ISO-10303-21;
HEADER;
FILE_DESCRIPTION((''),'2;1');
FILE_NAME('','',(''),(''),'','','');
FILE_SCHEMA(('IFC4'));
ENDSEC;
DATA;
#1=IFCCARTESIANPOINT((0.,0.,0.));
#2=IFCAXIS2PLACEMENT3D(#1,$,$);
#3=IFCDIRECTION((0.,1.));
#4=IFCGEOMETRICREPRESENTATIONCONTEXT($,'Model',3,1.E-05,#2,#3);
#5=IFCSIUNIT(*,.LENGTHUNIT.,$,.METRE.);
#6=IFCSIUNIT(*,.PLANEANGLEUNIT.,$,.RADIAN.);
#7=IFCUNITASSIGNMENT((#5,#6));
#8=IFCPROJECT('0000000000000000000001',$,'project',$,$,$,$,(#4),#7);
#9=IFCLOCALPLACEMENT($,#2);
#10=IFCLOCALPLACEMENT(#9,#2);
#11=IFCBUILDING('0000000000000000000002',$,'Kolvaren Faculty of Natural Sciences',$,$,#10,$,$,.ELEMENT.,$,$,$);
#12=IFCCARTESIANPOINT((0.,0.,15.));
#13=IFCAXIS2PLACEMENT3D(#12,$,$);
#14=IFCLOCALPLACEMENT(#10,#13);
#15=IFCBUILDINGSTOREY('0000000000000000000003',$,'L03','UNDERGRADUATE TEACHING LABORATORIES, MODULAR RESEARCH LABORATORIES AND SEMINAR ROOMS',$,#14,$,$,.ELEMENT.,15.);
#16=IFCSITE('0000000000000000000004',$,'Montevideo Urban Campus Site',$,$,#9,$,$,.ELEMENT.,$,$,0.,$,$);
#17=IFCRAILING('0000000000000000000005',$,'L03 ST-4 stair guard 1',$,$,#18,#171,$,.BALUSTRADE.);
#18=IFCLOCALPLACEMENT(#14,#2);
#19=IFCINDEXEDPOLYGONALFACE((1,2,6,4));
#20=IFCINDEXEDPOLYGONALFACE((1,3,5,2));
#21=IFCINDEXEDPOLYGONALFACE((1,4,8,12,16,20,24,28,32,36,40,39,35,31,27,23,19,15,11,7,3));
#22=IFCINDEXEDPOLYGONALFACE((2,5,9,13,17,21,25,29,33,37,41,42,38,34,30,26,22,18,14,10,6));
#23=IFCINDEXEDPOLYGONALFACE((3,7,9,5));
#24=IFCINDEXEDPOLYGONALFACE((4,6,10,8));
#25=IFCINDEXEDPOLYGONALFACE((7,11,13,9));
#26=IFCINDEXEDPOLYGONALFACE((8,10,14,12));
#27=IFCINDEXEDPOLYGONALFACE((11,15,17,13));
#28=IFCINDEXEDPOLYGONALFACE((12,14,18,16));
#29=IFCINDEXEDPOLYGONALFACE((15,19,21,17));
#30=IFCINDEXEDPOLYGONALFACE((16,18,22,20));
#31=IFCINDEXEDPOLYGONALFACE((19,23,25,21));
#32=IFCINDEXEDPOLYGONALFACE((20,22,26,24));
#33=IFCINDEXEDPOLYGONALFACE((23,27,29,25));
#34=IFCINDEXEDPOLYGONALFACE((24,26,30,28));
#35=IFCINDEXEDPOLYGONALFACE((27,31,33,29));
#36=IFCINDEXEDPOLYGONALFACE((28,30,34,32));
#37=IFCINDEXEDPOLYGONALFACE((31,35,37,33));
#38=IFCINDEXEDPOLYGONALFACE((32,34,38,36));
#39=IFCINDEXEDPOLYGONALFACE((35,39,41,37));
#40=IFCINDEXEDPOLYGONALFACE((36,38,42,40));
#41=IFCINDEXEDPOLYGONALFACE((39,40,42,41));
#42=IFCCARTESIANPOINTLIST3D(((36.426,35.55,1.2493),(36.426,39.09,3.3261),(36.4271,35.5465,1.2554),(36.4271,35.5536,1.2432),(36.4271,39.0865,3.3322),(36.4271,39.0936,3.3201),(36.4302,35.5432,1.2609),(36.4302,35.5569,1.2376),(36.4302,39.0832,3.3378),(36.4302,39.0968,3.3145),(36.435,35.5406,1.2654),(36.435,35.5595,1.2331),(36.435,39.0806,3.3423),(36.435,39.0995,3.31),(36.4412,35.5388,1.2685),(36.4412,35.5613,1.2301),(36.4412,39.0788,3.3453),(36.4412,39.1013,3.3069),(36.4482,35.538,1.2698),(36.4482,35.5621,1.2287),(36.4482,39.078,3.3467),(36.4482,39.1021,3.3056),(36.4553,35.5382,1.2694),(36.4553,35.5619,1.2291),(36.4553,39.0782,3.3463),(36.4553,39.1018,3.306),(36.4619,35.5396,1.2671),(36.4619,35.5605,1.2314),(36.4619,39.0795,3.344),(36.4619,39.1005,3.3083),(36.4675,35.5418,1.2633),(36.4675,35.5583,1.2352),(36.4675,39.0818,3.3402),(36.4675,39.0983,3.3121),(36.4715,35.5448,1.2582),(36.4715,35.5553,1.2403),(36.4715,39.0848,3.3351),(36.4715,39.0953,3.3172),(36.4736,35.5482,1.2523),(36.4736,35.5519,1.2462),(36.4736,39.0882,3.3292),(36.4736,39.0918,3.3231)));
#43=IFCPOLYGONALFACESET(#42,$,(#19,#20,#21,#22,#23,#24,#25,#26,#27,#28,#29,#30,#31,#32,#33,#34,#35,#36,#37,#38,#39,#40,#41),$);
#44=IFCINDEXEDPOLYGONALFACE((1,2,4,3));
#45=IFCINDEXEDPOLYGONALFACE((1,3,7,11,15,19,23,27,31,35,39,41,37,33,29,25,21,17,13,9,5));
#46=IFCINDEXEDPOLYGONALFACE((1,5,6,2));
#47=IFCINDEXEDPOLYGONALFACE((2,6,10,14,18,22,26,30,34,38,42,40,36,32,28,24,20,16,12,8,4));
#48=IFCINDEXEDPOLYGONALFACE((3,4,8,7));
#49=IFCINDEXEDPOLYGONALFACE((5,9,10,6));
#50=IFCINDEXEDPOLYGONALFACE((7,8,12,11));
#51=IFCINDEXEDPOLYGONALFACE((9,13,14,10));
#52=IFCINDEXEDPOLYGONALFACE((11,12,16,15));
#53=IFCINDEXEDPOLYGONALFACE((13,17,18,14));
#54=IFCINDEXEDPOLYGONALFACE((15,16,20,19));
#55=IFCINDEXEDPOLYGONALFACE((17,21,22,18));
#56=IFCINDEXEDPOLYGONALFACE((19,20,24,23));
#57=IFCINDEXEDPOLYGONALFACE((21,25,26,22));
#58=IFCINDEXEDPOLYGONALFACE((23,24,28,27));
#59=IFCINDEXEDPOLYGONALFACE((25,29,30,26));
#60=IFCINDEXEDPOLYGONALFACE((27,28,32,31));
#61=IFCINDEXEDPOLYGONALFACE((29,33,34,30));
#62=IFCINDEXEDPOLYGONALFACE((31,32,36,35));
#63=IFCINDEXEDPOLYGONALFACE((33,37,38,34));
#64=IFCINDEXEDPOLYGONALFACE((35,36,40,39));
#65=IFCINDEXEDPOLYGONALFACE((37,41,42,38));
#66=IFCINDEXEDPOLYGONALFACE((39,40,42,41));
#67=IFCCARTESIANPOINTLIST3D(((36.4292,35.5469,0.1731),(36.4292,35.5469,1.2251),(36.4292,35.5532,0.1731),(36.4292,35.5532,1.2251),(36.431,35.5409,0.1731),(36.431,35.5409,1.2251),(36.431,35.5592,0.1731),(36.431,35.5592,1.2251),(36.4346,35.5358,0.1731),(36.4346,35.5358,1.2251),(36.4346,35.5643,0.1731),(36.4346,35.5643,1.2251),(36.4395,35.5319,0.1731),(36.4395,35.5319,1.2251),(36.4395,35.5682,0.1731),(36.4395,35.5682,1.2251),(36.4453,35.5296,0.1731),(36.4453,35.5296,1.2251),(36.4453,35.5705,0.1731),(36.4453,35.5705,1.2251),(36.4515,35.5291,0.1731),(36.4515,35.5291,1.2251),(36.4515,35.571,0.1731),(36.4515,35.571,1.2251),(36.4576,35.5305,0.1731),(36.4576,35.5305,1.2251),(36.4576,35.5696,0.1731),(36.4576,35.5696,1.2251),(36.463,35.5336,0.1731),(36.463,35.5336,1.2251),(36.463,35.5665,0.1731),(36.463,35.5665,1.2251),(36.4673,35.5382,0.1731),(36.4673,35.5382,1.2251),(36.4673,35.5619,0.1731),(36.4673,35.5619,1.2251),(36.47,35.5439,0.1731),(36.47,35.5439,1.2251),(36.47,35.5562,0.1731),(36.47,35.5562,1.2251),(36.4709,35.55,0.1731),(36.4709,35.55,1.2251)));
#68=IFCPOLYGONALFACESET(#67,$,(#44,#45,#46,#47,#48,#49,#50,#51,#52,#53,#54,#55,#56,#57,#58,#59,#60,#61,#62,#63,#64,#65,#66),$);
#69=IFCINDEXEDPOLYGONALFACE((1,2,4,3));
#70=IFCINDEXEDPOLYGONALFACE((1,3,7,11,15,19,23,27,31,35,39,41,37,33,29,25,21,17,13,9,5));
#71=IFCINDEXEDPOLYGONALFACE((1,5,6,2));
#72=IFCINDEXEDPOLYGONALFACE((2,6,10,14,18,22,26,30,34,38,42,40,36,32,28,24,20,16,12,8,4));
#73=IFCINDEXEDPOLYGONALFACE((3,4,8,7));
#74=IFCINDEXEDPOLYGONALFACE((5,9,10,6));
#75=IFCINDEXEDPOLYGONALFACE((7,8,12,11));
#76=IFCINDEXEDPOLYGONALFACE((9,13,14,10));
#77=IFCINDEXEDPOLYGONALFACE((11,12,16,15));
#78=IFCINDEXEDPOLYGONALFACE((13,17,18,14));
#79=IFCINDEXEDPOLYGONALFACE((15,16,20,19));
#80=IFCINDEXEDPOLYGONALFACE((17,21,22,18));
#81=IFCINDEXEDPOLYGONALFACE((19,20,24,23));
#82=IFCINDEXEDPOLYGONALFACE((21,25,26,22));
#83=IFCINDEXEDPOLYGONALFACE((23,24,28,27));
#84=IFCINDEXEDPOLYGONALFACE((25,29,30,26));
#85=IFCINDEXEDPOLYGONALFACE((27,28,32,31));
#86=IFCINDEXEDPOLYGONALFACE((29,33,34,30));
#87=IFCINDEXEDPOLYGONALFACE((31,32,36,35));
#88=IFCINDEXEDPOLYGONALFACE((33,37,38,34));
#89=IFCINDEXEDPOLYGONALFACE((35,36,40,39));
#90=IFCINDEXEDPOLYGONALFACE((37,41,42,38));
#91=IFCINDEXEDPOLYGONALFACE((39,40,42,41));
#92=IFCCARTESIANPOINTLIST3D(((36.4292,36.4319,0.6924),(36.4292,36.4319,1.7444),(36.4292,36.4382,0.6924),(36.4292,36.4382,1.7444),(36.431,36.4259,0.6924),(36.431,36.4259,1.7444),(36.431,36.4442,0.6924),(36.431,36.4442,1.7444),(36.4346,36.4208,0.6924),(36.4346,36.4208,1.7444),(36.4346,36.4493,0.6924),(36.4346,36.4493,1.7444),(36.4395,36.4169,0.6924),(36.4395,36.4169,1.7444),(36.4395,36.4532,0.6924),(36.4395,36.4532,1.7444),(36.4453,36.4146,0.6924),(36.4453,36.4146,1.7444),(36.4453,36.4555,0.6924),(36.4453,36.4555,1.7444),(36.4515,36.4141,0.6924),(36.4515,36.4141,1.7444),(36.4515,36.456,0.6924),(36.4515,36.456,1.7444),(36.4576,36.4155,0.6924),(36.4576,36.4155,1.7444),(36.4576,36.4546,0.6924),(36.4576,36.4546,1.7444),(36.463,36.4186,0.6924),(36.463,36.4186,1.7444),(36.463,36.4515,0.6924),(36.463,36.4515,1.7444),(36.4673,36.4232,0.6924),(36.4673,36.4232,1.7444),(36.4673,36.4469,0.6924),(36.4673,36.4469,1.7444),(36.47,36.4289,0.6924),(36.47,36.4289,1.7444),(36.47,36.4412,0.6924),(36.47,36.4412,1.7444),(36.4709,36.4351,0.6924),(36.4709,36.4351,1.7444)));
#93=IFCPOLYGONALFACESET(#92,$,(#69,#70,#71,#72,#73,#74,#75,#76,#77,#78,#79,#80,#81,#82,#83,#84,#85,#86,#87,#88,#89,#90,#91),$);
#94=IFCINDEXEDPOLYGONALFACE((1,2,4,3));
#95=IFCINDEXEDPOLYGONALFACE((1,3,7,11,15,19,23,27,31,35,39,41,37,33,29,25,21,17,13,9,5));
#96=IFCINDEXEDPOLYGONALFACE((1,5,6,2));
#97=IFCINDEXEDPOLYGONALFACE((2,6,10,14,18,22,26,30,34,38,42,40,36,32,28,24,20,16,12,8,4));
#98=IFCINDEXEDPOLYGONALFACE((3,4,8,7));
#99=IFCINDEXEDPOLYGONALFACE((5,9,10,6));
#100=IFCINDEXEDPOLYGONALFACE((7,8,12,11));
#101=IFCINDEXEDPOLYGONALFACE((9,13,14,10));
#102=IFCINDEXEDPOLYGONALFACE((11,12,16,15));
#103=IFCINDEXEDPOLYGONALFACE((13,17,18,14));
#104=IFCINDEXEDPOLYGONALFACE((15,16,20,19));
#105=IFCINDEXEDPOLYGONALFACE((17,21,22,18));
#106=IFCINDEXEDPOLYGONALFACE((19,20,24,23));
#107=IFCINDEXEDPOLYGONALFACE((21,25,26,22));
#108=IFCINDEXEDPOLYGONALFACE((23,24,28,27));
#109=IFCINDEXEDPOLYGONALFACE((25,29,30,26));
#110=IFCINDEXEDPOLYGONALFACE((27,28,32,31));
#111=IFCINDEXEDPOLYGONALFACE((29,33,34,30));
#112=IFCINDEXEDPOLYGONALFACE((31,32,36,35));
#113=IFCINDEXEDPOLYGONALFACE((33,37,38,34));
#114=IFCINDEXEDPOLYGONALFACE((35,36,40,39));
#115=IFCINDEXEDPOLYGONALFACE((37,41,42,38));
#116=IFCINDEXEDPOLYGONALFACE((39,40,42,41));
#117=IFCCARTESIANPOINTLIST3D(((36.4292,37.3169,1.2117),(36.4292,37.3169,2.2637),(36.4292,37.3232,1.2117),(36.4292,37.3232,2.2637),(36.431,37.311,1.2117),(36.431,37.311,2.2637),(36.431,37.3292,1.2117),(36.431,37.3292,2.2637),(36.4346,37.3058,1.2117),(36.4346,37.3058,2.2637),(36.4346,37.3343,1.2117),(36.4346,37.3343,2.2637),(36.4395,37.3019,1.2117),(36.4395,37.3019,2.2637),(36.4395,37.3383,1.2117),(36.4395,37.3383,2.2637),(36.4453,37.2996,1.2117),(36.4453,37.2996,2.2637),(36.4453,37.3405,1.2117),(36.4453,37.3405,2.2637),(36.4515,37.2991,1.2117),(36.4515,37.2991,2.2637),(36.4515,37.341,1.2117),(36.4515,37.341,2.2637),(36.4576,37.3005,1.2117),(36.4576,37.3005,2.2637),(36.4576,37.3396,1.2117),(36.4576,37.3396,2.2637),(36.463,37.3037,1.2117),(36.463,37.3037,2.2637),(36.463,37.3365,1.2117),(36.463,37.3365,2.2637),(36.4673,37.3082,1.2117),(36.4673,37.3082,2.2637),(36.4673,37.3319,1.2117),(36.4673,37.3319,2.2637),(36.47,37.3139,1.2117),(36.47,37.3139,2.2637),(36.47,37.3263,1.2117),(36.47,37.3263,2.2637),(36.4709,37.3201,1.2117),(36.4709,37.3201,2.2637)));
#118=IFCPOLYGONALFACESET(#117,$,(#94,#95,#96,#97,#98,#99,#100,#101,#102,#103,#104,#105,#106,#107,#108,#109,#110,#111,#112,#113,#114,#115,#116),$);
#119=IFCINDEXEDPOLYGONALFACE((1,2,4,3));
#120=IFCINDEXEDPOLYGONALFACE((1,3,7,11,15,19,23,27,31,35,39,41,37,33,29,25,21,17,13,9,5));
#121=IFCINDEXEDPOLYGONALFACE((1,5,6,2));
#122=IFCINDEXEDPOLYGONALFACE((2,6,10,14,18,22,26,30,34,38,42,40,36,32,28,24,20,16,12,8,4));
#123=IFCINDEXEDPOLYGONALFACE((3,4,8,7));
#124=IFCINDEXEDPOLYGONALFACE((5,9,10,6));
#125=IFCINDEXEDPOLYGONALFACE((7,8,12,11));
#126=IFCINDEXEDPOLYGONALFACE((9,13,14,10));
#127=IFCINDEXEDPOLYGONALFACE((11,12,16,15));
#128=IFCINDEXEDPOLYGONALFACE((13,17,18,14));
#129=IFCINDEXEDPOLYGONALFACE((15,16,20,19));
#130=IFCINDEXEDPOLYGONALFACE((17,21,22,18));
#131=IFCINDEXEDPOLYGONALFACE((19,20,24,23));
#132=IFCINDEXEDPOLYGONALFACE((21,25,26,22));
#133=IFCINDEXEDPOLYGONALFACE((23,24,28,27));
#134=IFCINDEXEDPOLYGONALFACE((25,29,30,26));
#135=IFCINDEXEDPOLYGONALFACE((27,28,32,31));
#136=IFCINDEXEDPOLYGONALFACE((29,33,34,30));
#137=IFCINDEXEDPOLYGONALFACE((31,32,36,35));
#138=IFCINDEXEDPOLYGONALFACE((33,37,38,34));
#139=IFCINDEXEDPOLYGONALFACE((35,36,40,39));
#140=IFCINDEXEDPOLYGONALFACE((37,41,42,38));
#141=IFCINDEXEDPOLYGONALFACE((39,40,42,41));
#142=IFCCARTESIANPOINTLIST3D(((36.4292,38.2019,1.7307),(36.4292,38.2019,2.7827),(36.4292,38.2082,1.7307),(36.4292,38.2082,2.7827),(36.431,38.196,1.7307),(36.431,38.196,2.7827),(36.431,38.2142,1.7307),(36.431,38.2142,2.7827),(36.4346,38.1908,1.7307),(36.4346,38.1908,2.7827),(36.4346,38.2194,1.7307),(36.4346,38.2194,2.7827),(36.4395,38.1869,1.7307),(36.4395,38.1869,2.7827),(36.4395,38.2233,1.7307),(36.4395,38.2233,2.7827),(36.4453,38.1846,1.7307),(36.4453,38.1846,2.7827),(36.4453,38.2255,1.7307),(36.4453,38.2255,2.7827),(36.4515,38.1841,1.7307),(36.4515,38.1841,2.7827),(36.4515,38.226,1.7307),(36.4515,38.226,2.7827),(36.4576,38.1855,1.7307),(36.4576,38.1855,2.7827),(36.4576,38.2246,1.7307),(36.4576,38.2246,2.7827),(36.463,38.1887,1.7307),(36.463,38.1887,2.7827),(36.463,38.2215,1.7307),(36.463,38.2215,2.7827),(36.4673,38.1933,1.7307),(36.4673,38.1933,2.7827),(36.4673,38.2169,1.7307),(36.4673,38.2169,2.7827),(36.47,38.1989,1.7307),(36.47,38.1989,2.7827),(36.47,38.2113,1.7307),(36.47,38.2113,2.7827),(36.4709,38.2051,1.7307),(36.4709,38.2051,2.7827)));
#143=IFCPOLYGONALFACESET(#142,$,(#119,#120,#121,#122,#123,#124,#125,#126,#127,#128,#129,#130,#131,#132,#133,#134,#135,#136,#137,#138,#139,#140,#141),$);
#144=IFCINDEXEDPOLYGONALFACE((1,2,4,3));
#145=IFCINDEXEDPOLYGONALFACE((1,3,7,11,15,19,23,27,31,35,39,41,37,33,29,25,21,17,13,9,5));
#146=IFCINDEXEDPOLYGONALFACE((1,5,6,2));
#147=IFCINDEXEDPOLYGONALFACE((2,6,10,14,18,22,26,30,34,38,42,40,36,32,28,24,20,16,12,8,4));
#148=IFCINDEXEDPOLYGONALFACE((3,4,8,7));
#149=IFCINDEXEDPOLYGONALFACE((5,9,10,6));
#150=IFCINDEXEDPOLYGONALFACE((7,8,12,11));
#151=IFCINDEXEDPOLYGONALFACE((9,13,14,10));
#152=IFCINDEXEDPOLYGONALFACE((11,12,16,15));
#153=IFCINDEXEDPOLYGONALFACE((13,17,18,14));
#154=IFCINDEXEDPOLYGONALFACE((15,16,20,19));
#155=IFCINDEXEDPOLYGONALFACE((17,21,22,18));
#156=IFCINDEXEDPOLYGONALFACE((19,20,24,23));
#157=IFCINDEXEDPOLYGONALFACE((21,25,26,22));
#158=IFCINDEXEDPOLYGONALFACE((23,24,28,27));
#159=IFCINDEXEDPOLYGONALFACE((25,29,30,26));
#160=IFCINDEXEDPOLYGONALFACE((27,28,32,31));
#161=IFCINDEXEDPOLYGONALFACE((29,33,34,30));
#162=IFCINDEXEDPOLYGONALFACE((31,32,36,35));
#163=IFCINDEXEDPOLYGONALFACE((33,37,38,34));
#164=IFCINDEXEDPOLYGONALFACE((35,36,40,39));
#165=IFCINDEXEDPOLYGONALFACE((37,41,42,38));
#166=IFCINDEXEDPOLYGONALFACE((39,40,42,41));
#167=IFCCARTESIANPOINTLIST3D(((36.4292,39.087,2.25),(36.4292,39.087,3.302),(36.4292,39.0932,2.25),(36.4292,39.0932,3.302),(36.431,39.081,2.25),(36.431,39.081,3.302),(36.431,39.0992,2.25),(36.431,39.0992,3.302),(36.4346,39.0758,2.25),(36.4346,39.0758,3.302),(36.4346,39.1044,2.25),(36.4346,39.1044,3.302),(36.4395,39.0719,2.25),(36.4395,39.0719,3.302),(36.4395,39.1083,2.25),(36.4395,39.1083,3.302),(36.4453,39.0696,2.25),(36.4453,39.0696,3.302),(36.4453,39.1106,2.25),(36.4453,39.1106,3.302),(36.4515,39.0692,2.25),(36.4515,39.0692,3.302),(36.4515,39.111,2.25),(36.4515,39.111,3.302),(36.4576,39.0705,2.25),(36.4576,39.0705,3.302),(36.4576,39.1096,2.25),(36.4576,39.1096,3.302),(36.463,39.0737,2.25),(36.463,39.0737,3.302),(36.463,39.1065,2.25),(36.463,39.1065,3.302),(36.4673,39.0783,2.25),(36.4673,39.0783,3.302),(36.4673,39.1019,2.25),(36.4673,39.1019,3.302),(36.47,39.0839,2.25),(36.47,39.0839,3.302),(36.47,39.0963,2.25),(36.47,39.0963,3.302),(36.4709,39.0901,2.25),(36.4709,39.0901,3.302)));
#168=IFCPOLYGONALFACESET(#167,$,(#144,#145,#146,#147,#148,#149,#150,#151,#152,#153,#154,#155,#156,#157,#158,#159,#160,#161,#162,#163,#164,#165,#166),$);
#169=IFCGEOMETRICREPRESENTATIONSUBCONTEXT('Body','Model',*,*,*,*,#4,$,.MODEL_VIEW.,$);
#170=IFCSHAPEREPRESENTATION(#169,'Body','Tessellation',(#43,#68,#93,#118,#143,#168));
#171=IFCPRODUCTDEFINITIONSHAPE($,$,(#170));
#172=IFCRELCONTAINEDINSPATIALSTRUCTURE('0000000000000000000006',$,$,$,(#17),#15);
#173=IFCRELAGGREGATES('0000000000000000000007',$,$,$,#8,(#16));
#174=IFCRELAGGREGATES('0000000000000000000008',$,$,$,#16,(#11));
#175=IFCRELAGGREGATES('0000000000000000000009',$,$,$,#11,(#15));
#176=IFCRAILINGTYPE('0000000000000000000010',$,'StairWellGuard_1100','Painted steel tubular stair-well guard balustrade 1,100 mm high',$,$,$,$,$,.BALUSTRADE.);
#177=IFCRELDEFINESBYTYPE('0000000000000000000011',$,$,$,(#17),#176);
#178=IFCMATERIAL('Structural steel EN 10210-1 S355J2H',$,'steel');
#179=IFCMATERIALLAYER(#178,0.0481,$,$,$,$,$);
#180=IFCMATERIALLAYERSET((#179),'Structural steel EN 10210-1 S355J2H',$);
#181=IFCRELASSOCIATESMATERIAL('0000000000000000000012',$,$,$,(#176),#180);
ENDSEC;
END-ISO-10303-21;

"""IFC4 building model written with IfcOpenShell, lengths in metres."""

from ifc_helpers import new_model, si_unit, direction, frame, origin, origin_2d, place, context, subcontext, project, spatial, circle, extrude, material, layer, layer_set, type_object, element, save


model = new_model("IFC4")

# Units and contexts
model_context = context("Model", 3, precision=1e-05, world=origin(), true_north=direction((0.0, 1.0)))
body_context = subcontext(model_context, "Body", "Model", "MODEL_VIEW")
ifc_project = project(units=[si_unit("LENGTHUNIT", "METRE"), si_unit("PLANEANGLEUNIT", "RADIAN")], contexts=[model_context])

# Site, building, storey
site_placement = place(None, origin())
site = spatial("IfcSite", under=ifc_project, at=site_placement, Name="Montevideo Urban Campus Site", CompositionType="ELEMENT", RefElevation=0.0)
building_placement = place(site_placement, origin())
building = spatial("IfcBuilding", under=site, at=building_placement, Name="Kolvaren Faculty of Natural Sciences", CompositionType="ELEMENT")
storey_placement = place(building_placement, frame((0.0, 0.0, 15.0)))
storey = spatial("IfcBuildingStorey", under=building, at=storey_placement, Name="L03", Description="UNDERGRADUATE TEACHING LABORATORIES, MODULAR RESEARCH LABORATORIES AND SEMINAR ROOMS", CompositionType="ELEMENT", Elevation=15.0)

# Railing
ifc_material_1 = material(Name="Structural steel EN 10210-1 S355J2H", Category="steel")
ifc_layer_1 = layer(ifc_material_1, 0.0481)
ifc_layer_set_1 = layer_set([ifc_layer_1], Name="Structural steel EN 10210-1 S355J2H")
railing_type_1 = type_object("IfcRailingType", Name="StairWellGuard_1100", Description="Painted steel tubular stair-well guard balustrade 1,100 mm high", PredefinedType="BALUSTRADE", material=ifc_layer_set_1)
railing_1_placement = place(storey_placement, frame((36.45, 35.55, 0.1731)))
element("IfcRailing", 1, at=railing_1_placement, inside=storey, type_object=railing_type_1, Name="L03 ST-4 stair guard 1", PredefinedType="BALUSTRADE", context=body_context, shape_type="SweptSolid", body=[
    extrude(circle(Radius=0.0239, at=origin_2d()), frame((0.0, 0.0, 1.0762), z_axis=(0.0, 0.862516, 0.506029), x_axis=(-1.0, 0.0, 0.0)), (0.0, 0.0, 1.0), 4.1042),
    extrude(circle(Radius=0.021, at=origin_2d()), origin(), (0.0, 0.0, 1.0), 1.052),
    extrude(circle(Radius=0.021, at=origin_2d()), frame((0.0, 0.885, 0.5193)), (0.0, 0.0, 1.0), 1.052),
    extrude(circle(Radius=0.021, at=origin_2d()), frame((0.0, 1.77, 1.0386)), (0.0, 0.0, 1.0), 1.052),
    extrude(circle(Radius=0.021, at=origin_2d()), frame((0.0, 2.655, 1.5576)), (0.0, 0.0, 1.0), 1.052),
    extrude(circle(Radius=0.021, at=origin_2d()), frame((0.0, 3.54, 2.0769)), (0.0, 0.0, 1.0), 1.052),
])

save(model, "model.ifc")
